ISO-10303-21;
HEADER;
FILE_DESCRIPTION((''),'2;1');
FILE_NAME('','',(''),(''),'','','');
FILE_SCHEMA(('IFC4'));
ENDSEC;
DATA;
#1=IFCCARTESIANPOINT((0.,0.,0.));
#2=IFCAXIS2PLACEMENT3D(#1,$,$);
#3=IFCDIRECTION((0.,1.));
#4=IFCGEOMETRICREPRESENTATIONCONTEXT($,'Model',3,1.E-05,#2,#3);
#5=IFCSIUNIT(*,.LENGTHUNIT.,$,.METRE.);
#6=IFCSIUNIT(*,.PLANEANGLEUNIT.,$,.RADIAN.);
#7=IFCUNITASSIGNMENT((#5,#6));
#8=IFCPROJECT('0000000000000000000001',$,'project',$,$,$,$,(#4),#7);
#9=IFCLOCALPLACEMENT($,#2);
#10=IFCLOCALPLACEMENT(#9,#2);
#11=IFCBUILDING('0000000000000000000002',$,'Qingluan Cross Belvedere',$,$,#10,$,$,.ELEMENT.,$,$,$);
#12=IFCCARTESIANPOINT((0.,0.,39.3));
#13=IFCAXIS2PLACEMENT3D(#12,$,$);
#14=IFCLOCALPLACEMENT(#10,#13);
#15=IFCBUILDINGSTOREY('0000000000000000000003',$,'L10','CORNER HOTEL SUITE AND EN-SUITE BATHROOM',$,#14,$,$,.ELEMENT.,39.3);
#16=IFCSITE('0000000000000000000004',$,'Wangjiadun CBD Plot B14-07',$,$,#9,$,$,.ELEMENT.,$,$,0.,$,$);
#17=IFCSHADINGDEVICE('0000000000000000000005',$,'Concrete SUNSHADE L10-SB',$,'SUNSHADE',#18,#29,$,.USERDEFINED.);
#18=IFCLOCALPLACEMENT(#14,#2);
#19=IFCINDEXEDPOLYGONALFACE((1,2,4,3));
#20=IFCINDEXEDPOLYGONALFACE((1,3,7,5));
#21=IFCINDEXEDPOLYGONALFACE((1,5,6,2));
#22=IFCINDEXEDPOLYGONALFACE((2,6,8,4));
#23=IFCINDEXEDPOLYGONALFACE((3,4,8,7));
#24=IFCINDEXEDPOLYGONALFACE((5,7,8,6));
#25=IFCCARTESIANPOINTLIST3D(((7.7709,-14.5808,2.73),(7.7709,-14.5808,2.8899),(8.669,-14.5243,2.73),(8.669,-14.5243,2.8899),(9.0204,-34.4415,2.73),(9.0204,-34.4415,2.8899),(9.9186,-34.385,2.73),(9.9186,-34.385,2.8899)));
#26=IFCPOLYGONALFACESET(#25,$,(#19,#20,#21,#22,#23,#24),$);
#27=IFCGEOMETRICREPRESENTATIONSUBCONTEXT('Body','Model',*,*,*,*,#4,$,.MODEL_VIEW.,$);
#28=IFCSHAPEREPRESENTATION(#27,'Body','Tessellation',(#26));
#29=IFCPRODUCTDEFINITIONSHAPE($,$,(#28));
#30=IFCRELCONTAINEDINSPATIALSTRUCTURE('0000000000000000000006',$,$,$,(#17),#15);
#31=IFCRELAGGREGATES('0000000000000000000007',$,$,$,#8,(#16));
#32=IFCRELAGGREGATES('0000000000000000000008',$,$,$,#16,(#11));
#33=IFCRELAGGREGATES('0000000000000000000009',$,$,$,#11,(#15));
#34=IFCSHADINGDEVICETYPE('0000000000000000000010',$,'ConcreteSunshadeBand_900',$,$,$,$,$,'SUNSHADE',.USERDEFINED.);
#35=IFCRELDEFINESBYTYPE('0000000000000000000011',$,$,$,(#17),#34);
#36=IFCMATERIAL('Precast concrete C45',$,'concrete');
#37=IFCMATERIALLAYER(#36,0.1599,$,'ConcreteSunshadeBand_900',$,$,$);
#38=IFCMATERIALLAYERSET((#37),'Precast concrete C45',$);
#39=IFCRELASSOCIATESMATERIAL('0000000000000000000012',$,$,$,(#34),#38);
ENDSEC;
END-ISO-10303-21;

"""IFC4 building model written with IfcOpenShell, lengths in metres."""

from ifc_helpers import new_model, si_unit, direction, frame, origin, origin_2d, place, context, subcontext, project, spatial, rectangle, extrude, material, layer, layer_set, type_object, element, save


model = new_model("IFC4")

# Units and contexts
model_context = context("Model", 3, precision=1e-05, world=origin(), true_north=direction((0.0, 1.0)))
body_context = subcontext(model_context, "Body", "Model", "MODEL_VIEW")
ifc_project = project(units=[si_unit("LENGTHUNIT", "METRE"), si_unit("PLANEANGLEUNIT", "RADIAN")], contexts=[model_context])

# Site, building, storey
site_placement = place(None, origin())
site = spatial("IfcSite", under=ifc_project, at=site_placement, Name="Wangjiadun CBD Plot B14-07", CompositionType="ELEMENT", RefElevation=0.0)
building_placement = place(site_placement, origin())
building = spatial("IfcBuilding", under=site, at=building_placement, Name="Qingluan Cross Belvedere", CompositionType="ELEMENT")
storey_placement = place(building_placement, frame((0.0, 0.0, 39.3)))
storey = spatial("IfcBuildingStorey", under=building, at=storey_placement, Name="L10", Description="CORNER HOTEL SUITE AND EN-SUITE BATHROOM", CompositionType="ELEMENT", Elevation=39.3)

# Shading device
ifc_material_1 = material(Name="Precast concrete C45", Category="concrete")
ifc_layer_1 = layer(ifc_material_1, 0.1599, Name="ConcreteSunshadeBand_900")
ifc_layer_set_1 = layer_set([ifc_layer_1], Name="Precast concrete C45")
shading_device_type = type_object("IfcShadingDeviceType", Name="ConcreteSunshadeBand_900", ElementType="SUNSHADE", PredefinedType="USERDEFINED", material=ifc_layer_set_1)
shading_device_placement = place(storey_placement, frame((8.8447, -24.4829, 2.73), z_axis=(0.0, 0.0, 1.0), x_axis=(-0.062791, 0.998027, 0.0)))
element("IfcShadingDevice", 1, at=shading_device_placement, inside=storey, type_object=shading_device_type, Name="Concrete SUNSHADE L10-SB", ObjectType="SUNSHADE", PredefinedType="USERDEFINED", context=body_context, shape_type="SweptSolid", body=[
    extrude(rectangle(XDim=19.8999, YDim=0.8999, at=origin_2d()), origin(), (0.0, 0.0, 1.0), 0.1599),
])

save(model, "model.ifc")
